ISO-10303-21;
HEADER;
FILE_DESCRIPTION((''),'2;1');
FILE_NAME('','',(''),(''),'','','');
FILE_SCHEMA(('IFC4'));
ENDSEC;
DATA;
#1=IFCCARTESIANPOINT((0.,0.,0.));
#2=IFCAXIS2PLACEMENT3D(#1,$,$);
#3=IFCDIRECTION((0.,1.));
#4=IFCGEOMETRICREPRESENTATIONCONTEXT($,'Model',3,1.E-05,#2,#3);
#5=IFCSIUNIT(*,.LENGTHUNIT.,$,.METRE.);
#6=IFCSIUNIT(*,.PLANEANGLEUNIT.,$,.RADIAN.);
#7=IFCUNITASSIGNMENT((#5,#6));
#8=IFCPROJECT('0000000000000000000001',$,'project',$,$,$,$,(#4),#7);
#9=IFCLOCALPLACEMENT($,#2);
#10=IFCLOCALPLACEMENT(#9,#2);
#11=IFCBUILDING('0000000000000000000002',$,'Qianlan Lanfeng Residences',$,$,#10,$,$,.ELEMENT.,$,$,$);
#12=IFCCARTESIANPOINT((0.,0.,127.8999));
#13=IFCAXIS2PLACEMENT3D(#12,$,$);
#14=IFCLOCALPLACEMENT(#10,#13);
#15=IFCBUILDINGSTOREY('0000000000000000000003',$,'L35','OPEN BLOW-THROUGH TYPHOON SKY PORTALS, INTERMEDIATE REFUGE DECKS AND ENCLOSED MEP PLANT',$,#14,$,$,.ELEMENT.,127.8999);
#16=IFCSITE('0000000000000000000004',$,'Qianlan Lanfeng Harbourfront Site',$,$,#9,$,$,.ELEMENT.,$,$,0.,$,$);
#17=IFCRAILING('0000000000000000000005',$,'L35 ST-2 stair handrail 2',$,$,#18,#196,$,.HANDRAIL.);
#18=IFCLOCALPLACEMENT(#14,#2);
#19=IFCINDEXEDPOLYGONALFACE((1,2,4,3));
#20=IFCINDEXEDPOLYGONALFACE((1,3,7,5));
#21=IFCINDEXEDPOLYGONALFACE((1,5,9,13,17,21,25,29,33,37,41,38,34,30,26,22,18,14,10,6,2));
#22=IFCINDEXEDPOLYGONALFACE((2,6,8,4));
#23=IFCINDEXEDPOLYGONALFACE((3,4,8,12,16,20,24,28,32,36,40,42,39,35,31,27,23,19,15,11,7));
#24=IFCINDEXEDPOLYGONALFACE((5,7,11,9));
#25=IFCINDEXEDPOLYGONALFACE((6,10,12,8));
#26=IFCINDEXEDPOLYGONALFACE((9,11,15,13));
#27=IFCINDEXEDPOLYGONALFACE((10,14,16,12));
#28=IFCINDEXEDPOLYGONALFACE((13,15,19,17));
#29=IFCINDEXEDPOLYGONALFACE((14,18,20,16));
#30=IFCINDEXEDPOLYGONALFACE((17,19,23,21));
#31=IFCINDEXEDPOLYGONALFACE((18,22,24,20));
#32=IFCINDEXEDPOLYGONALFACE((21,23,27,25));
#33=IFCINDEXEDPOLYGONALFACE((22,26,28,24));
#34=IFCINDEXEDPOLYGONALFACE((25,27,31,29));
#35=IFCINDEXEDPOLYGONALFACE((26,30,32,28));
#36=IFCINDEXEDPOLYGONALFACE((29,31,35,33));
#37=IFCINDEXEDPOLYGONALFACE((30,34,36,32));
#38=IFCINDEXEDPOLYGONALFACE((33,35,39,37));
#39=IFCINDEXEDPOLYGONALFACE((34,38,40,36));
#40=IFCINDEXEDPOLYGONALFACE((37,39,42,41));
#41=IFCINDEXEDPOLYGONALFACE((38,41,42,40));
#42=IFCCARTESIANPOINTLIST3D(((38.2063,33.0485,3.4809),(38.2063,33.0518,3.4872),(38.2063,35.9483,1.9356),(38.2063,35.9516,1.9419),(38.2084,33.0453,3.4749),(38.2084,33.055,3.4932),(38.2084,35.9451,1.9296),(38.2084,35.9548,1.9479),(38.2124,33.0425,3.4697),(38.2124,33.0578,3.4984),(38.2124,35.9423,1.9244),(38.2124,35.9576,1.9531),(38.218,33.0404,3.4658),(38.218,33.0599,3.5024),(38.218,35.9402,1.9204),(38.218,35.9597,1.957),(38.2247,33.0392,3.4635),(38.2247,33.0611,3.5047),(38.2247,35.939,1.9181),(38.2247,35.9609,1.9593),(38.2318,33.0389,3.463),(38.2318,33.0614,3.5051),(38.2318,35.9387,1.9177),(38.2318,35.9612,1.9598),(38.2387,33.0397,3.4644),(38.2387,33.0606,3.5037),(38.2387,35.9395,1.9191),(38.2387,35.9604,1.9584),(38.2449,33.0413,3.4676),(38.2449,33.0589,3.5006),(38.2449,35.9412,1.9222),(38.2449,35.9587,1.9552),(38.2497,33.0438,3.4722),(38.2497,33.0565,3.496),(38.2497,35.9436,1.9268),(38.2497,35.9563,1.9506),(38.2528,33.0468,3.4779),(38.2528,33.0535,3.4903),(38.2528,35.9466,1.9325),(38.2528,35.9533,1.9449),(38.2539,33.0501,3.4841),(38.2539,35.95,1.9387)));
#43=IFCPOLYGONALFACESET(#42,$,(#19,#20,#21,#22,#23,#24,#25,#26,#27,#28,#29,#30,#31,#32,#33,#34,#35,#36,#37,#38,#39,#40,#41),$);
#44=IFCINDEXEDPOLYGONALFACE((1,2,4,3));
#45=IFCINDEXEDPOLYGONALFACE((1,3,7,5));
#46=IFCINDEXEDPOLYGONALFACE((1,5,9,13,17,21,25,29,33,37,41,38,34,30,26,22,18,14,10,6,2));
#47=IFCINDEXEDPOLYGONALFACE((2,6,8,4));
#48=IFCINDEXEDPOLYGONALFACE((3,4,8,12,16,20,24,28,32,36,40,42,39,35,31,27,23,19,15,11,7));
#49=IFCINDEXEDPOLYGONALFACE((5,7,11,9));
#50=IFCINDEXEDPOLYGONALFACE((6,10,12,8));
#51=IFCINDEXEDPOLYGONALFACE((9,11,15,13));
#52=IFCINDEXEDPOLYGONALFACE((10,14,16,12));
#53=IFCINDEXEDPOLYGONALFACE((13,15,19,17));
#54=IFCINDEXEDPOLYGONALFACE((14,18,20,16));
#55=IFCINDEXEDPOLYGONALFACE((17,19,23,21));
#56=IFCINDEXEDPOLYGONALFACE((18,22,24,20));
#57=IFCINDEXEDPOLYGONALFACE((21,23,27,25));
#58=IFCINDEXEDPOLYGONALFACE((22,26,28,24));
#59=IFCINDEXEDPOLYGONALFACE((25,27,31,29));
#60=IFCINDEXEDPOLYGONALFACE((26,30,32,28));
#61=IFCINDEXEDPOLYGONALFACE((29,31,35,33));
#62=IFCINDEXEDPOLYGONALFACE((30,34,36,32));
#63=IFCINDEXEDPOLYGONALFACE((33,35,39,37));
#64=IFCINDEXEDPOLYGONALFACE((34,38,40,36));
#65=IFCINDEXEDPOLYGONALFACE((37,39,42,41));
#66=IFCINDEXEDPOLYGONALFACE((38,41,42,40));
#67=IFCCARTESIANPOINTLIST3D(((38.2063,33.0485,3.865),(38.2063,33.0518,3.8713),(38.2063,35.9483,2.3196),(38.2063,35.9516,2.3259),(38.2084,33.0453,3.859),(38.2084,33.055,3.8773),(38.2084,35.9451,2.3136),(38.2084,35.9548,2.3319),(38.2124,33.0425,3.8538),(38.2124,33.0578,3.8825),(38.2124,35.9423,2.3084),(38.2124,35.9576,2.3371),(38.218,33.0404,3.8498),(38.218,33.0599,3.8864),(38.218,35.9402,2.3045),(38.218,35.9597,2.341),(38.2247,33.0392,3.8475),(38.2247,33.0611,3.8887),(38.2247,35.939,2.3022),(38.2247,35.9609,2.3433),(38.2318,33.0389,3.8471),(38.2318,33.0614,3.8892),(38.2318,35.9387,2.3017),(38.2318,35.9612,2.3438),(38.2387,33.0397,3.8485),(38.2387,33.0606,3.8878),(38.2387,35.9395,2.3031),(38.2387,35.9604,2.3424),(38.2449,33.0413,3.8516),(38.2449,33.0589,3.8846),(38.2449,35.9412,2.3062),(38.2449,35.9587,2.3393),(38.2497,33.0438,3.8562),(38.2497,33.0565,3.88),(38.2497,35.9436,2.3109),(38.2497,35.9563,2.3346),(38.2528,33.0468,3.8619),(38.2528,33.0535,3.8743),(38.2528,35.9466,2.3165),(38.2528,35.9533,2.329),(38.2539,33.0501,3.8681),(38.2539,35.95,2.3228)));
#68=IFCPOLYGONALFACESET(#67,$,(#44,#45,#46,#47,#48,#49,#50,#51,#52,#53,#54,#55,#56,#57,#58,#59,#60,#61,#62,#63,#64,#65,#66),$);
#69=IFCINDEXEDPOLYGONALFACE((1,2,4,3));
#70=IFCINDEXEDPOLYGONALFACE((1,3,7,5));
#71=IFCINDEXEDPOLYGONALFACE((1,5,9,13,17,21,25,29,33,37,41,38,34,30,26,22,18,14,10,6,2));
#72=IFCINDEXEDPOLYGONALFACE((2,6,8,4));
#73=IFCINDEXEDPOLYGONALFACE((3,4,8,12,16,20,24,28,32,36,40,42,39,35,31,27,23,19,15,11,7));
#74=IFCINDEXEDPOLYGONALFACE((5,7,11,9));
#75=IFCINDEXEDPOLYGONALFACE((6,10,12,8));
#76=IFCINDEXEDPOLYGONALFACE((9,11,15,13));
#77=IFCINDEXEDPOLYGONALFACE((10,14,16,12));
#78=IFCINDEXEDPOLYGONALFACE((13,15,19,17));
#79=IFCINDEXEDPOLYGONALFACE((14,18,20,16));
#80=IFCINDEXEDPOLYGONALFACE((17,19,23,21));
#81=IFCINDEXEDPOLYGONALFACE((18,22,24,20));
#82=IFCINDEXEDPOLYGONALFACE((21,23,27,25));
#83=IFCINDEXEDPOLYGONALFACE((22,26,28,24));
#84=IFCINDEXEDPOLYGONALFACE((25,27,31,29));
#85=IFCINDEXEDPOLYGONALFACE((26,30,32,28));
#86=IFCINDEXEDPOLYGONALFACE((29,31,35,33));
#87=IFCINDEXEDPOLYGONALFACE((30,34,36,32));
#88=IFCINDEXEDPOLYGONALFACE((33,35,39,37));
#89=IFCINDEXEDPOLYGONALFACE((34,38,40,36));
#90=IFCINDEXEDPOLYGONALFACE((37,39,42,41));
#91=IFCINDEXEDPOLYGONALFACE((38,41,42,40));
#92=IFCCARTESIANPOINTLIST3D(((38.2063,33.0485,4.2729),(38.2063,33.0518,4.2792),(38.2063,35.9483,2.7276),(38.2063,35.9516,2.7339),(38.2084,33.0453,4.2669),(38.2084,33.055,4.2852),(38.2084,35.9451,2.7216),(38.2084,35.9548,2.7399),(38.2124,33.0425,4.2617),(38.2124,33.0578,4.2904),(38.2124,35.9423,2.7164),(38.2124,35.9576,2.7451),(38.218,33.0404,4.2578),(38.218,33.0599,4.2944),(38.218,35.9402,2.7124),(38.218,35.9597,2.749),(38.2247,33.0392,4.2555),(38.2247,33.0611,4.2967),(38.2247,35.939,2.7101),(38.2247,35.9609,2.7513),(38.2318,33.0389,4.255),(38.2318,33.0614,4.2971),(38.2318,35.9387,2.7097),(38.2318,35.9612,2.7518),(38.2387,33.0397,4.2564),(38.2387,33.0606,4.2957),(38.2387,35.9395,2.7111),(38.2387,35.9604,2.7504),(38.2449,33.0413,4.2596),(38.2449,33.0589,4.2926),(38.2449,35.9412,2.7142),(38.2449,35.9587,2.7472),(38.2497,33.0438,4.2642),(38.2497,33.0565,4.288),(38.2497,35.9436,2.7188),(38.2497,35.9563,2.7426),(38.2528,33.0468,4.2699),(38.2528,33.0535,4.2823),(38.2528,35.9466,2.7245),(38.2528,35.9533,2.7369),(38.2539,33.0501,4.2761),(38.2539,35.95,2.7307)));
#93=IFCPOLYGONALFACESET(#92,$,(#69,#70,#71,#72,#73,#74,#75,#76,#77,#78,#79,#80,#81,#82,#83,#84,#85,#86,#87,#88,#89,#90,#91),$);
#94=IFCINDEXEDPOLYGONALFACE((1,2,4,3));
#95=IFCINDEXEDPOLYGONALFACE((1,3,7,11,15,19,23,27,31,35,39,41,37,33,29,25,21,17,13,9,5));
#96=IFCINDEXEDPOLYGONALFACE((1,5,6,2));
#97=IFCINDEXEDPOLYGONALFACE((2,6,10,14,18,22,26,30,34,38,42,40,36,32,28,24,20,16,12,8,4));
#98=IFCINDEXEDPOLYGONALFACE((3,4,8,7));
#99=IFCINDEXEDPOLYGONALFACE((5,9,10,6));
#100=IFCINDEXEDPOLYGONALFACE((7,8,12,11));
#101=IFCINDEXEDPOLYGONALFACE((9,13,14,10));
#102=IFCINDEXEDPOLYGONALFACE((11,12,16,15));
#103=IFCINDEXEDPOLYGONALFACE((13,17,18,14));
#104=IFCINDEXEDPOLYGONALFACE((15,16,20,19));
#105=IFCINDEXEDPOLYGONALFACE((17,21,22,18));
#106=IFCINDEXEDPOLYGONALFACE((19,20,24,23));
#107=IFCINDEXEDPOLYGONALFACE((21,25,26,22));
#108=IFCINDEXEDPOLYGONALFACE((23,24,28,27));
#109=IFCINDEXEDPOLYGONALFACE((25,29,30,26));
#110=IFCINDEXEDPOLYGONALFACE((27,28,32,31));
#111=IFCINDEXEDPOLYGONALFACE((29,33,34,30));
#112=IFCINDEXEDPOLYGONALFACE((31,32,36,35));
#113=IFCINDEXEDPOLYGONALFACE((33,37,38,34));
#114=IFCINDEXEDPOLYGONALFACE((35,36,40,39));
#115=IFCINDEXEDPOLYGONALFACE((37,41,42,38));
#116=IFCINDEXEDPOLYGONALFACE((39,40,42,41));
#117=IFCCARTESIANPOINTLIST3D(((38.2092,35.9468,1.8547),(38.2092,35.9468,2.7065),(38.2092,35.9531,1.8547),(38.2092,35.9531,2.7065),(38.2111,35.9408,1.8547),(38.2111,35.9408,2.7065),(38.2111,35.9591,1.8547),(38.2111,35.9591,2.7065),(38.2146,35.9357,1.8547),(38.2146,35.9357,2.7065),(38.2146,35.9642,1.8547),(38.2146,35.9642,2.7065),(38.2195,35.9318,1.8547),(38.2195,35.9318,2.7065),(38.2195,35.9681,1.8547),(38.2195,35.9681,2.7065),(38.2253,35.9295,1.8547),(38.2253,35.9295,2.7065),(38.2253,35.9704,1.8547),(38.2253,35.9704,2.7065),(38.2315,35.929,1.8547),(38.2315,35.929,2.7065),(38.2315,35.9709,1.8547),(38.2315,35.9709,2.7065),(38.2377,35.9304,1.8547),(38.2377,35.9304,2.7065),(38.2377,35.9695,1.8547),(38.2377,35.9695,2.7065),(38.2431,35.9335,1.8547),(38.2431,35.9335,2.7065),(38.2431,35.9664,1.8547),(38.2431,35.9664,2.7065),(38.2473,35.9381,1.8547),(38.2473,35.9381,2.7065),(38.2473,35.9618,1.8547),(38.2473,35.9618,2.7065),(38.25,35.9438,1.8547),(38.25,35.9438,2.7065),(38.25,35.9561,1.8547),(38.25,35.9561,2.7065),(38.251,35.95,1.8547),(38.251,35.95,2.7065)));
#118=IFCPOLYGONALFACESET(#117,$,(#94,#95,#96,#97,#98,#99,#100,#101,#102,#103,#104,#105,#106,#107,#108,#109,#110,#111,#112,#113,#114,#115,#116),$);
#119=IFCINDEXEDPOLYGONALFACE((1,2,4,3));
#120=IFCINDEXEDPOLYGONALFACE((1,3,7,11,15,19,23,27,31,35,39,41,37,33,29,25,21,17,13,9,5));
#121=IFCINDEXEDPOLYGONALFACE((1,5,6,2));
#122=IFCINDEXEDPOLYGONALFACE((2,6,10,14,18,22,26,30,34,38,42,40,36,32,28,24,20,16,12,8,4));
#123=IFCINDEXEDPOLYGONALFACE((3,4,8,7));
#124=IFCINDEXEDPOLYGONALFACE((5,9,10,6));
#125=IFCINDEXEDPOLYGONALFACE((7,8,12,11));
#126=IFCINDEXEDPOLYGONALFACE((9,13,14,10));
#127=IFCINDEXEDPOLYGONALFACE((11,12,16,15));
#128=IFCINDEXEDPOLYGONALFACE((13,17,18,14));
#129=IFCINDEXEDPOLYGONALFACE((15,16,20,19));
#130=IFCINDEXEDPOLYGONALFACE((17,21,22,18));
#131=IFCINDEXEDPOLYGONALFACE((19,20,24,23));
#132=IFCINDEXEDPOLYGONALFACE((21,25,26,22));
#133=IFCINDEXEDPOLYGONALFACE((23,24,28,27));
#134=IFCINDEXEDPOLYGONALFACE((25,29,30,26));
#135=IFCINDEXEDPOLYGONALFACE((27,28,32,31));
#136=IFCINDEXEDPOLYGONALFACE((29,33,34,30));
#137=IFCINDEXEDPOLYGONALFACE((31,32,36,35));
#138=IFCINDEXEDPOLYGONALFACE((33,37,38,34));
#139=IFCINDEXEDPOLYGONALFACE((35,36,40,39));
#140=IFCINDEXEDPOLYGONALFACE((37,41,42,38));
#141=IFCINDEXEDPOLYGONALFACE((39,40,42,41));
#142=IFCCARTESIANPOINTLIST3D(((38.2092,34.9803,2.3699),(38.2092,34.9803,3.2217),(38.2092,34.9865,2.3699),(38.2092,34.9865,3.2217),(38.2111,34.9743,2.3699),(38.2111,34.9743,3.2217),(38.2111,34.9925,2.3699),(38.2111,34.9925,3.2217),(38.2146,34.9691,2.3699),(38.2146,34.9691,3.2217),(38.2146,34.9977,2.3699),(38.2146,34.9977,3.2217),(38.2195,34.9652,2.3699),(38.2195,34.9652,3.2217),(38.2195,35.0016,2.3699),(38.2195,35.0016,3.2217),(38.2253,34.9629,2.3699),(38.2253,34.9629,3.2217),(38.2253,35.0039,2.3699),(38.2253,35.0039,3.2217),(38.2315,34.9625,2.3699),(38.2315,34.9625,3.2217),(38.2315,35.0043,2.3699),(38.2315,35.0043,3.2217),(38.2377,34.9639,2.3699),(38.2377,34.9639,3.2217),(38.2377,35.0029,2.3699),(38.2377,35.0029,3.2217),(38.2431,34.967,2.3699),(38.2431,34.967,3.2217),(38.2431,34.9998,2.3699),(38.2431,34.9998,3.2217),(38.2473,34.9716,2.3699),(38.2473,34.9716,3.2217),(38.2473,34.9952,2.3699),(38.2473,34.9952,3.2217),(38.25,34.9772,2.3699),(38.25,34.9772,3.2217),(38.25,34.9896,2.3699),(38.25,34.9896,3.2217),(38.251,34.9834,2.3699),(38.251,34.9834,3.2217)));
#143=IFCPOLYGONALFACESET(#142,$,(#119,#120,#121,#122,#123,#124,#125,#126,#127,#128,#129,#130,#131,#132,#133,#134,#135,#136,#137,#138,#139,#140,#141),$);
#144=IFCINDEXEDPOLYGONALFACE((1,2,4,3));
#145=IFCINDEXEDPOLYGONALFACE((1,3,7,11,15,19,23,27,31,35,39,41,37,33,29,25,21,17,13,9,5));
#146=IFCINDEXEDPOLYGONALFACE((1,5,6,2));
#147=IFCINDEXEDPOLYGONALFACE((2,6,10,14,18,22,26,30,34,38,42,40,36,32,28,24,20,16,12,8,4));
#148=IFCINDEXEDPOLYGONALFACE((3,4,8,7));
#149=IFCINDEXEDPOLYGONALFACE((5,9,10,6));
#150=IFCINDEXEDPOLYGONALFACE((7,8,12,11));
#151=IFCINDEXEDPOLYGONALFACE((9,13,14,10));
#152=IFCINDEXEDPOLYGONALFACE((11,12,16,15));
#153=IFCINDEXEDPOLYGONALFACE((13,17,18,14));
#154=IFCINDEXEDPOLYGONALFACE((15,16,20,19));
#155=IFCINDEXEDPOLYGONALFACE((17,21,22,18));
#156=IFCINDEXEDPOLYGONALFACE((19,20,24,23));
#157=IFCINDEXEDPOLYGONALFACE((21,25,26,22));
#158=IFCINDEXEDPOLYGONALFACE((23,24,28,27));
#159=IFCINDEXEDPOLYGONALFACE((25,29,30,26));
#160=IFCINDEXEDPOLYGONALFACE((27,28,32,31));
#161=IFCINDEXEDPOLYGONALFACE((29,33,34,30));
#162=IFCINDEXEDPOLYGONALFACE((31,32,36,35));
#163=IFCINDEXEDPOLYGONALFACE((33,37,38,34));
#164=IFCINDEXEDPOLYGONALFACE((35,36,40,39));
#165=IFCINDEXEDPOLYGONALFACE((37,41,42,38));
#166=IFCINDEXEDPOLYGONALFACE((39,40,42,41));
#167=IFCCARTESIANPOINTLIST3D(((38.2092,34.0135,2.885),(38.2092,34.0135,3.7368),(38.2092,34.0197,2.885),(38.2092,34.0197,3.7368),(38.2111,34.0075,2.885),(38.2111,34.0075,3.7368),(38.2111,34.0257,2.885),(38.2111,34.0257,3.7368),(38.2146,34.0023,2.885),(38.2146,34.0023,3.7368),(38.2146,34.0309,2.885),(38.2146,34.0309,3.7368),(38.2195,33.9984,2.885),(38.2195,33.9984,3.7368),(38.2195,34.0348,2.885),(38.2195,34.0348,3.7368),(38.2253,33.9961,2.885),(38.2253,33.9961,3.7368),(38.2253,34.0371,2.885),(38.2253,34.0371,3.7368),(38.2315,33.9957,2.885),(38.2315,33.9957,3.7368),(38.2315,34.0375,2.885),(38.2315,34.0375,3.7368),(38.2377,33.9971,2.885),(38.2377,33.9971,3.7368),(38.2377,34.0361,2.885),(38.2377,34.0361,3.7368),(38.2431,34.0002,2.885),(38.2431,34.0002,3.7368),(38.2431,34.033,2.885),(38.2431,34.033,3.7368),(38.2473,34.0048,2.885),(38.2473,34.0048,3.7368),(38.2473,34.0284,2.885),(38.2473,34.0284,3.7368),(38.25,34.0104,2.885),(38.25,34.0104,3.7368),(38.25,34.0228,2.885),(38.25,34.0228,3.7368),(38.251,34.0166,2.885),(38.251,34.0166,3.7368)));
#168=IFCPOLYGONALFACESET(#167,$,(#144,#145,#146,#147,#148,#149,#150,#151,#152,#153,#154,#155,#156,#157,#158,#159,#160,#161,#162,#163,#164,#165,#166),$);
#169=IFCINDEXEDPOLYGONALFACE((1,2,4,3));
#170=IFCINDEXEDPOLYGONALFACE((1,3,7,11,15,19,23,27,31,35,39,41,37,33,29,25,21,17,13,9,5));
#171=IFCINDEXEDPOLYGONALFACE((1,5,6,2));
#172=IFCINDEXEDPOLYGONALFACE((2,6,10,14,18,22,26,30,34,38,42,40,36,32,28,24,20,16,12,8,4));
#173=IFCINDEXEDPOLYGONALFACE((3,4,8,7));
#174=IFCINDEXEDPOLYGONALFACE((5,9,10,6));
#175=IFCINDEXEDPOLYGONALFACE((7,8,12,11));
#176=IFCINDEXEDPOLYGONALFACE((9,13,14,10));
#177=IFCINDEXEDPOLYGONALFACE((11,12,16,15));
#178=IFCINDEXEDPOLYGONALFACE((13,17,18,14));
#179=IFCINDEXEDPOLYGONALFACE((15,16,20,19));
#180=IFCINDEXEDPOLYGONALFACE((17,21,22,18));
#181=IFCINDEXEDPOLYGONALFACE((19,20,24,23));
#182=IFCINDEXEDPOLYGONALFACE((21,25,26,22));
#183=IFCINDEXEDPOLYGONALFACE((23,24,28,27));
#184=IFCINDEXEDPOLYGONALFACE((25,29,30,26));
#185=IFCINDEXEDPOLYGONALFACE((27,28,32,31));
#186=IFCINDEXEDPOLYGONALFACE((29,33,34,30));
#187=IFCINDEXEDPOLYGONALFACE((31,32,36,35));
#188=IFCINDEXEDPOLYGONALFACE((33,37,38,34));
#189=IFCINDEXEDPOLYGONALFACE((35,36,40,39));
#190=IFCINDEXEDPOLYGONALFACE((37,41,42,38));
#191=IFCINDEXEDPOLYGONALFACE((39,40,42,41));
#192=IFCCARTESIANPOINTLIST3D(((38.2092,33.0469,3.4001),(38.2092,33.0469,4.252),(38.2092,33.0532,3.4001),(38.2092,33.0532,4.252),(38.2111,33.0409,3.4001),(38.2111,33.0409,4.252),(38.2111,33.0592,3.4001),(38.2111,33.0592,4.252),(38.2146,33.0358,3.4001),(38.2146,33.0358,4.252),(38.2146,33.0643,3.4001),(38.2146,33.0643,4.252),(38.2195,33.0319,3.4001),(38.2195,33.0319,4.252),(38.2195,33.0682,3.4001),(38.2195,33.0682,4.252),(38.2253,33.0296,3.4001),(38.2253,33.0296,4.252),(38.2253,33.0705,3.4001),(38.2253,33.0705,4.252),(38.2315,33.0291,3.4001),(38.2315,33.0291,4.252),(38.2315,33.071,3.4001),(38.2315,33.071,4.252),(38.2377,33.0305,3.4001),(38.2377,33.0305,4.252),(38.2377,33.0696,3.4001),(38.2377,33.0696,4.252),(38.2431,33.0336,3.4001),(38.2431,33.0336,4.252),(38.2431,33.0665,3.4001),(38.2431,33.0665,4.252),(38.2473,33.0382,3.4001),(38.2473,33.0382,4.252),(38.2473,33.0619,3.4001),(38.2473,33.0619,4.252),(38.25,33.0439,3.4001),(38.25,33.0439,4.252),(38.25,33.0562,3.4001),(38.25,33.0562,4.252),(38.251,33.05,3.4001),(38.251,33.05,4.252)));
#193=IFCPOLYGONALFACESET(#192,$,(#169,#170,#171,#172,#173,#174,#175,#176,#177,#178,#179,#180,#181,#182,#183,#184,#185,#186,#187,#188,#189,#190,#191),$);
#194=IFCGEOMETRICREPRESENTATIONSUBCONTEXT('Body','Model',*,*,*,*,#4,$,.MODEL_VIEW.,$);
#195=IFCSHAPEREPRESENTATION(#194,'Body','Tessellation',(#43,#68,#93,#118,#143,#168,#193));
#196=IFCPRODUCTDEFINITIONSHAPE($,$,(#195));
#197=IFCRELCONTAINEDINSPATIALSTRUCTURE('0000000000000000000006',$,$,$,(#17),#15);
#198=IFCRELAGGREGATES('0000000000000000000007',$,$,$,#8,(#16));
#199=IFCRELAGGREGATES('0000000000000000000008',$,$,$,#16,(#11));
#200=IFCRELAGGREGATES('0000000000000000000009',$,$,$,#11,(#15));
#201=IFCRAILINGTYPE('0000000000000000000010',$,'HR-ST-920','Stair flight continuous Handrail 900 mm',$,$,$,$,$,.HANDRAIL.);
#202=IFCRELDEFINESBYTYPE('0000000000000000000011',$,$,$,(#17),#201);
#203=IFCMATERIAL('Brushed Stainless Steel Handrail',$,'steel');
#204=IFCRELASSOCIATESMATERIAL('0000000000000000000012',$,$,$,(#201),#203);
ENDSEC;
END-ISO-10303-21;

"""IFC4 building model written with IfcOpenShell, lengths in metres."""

from ifc_helpers import new_model, si_unit, direction, frame, origin, origin_2d, place, context, subcontext, project, spatial, circle, extrude, material, type_object, element, save


model = new_model("IFC4")

# Units and contexts
model_context = context("Model", 3, precision=1e-05, world=origin(), true_north=direction((0.0, 1.0)))
body_context = subcontext(model_context, "Body", "Model", "MODEL_VIEW")
ifc_project = project(units=[si_unit("LENGTHUNIT", "METRE"), si_unit("PLANEANGLEUNIT", "RADIAN")], contexts=[model_context])

# Site, building, storey
site_placement = place(None, origin())
site = spatial("IfcSite", under=ifc_project, at=site_placement, Name="Qianlan Lanfeng Harbourfront Site", CompositionType="ELEMENT", RefElevation=0.0)
building_placement = place(site_placement, origin())
building = spatial("IfcBuilding", under=site, at=building_placement, Name="Qianlan Lanfeng Residences", CompositionType="ELEMENT")
storey_placement = place(building_placement, frame((0.0, 0.0, 127.8999)))
storey = spatial("IfcBuildingStorey", under=building, at=storey_placement, Name="L35", Description="OPEN BLOW-THROUGH TYPHOON SKY PORTALS, INTERMEDIATE REFUGE DECKS AND ENCLOSED MEP PLANT", CompositionType="ELEMENT", Elevation=127.8999)

# Railing
ifc_material_1 = material(Name="Brushed Stainless Steel Handrail", Category="steel")
railing_type_1 = type_object("IfcRailingType", Name="HR-ST-920", Description="Stair flight continuous Handrail 900 mm", PredefinedType="HANDRAIL", material=ifc_material_1)
for number, where, name in (
    (1, (38.23, 35.95, 1.8547), "L35 ST-2 stair handrail 2"),
):
    element("IfcRailing", number, at=place(storey_placement, frame(where)), inside=storey, type_object=railing_type_1, Name=name, PredefinedType="HANDRAIL", context=body_context, shape_type="SweptSolid", body=[
        extrude(circle(Radius=0.0239, at=origin_2d()), frame((0.0, 0.0, 0.084), z_axis=(0.0, -0.882505, 0.470303), x_axis=(1.0, 0.0, 0.0)), (0.0, 0.0, 1.0), 3.2859),
        extrude(circle(Radius=0.0239, at=origin_2d()), frame((0.0, 0.0, 0.468), z_axis=(0.0, -0.882505, 0.470303), x_axis=(1.0, 0.0, 0.0)), (0.0, 0.0, 1.0), 3.2859),
        extrude(circle(Radius=0.0239, at=origin_2d()), frame((0.0, 0.0, 0.876), z_axis=(0.0, -0.882505, 0.470303), x_axis=(1.0, 0.0, 0.0)), (0.0, 0.0, 1.0), 3.2859),
        extrude(circle(Radius=0.021, at=origin_2d()), origin(), (0.0, 0.0, 1.0), 0.8518),
        extrude(circle(Radius=0.021, at=origin_2d()), frame((0.0, -0.9666, 0.5151)), (0.0, 0.0, 1.0), 0.8518),
        extrude(circle(Radius=0.021, at=origin_2d()), frame((0.0, -1.9333, 1.0303)), (0.0, 0.0, 1.0), 0.8518),
        extrude(circle(Radius=0.021, at=origin_2d()), frame((0.0, -2.8999, 1.5454)), (0.0, 0.0, 1.0), 0.8518),
    ])

save(model, "model.ifc")
